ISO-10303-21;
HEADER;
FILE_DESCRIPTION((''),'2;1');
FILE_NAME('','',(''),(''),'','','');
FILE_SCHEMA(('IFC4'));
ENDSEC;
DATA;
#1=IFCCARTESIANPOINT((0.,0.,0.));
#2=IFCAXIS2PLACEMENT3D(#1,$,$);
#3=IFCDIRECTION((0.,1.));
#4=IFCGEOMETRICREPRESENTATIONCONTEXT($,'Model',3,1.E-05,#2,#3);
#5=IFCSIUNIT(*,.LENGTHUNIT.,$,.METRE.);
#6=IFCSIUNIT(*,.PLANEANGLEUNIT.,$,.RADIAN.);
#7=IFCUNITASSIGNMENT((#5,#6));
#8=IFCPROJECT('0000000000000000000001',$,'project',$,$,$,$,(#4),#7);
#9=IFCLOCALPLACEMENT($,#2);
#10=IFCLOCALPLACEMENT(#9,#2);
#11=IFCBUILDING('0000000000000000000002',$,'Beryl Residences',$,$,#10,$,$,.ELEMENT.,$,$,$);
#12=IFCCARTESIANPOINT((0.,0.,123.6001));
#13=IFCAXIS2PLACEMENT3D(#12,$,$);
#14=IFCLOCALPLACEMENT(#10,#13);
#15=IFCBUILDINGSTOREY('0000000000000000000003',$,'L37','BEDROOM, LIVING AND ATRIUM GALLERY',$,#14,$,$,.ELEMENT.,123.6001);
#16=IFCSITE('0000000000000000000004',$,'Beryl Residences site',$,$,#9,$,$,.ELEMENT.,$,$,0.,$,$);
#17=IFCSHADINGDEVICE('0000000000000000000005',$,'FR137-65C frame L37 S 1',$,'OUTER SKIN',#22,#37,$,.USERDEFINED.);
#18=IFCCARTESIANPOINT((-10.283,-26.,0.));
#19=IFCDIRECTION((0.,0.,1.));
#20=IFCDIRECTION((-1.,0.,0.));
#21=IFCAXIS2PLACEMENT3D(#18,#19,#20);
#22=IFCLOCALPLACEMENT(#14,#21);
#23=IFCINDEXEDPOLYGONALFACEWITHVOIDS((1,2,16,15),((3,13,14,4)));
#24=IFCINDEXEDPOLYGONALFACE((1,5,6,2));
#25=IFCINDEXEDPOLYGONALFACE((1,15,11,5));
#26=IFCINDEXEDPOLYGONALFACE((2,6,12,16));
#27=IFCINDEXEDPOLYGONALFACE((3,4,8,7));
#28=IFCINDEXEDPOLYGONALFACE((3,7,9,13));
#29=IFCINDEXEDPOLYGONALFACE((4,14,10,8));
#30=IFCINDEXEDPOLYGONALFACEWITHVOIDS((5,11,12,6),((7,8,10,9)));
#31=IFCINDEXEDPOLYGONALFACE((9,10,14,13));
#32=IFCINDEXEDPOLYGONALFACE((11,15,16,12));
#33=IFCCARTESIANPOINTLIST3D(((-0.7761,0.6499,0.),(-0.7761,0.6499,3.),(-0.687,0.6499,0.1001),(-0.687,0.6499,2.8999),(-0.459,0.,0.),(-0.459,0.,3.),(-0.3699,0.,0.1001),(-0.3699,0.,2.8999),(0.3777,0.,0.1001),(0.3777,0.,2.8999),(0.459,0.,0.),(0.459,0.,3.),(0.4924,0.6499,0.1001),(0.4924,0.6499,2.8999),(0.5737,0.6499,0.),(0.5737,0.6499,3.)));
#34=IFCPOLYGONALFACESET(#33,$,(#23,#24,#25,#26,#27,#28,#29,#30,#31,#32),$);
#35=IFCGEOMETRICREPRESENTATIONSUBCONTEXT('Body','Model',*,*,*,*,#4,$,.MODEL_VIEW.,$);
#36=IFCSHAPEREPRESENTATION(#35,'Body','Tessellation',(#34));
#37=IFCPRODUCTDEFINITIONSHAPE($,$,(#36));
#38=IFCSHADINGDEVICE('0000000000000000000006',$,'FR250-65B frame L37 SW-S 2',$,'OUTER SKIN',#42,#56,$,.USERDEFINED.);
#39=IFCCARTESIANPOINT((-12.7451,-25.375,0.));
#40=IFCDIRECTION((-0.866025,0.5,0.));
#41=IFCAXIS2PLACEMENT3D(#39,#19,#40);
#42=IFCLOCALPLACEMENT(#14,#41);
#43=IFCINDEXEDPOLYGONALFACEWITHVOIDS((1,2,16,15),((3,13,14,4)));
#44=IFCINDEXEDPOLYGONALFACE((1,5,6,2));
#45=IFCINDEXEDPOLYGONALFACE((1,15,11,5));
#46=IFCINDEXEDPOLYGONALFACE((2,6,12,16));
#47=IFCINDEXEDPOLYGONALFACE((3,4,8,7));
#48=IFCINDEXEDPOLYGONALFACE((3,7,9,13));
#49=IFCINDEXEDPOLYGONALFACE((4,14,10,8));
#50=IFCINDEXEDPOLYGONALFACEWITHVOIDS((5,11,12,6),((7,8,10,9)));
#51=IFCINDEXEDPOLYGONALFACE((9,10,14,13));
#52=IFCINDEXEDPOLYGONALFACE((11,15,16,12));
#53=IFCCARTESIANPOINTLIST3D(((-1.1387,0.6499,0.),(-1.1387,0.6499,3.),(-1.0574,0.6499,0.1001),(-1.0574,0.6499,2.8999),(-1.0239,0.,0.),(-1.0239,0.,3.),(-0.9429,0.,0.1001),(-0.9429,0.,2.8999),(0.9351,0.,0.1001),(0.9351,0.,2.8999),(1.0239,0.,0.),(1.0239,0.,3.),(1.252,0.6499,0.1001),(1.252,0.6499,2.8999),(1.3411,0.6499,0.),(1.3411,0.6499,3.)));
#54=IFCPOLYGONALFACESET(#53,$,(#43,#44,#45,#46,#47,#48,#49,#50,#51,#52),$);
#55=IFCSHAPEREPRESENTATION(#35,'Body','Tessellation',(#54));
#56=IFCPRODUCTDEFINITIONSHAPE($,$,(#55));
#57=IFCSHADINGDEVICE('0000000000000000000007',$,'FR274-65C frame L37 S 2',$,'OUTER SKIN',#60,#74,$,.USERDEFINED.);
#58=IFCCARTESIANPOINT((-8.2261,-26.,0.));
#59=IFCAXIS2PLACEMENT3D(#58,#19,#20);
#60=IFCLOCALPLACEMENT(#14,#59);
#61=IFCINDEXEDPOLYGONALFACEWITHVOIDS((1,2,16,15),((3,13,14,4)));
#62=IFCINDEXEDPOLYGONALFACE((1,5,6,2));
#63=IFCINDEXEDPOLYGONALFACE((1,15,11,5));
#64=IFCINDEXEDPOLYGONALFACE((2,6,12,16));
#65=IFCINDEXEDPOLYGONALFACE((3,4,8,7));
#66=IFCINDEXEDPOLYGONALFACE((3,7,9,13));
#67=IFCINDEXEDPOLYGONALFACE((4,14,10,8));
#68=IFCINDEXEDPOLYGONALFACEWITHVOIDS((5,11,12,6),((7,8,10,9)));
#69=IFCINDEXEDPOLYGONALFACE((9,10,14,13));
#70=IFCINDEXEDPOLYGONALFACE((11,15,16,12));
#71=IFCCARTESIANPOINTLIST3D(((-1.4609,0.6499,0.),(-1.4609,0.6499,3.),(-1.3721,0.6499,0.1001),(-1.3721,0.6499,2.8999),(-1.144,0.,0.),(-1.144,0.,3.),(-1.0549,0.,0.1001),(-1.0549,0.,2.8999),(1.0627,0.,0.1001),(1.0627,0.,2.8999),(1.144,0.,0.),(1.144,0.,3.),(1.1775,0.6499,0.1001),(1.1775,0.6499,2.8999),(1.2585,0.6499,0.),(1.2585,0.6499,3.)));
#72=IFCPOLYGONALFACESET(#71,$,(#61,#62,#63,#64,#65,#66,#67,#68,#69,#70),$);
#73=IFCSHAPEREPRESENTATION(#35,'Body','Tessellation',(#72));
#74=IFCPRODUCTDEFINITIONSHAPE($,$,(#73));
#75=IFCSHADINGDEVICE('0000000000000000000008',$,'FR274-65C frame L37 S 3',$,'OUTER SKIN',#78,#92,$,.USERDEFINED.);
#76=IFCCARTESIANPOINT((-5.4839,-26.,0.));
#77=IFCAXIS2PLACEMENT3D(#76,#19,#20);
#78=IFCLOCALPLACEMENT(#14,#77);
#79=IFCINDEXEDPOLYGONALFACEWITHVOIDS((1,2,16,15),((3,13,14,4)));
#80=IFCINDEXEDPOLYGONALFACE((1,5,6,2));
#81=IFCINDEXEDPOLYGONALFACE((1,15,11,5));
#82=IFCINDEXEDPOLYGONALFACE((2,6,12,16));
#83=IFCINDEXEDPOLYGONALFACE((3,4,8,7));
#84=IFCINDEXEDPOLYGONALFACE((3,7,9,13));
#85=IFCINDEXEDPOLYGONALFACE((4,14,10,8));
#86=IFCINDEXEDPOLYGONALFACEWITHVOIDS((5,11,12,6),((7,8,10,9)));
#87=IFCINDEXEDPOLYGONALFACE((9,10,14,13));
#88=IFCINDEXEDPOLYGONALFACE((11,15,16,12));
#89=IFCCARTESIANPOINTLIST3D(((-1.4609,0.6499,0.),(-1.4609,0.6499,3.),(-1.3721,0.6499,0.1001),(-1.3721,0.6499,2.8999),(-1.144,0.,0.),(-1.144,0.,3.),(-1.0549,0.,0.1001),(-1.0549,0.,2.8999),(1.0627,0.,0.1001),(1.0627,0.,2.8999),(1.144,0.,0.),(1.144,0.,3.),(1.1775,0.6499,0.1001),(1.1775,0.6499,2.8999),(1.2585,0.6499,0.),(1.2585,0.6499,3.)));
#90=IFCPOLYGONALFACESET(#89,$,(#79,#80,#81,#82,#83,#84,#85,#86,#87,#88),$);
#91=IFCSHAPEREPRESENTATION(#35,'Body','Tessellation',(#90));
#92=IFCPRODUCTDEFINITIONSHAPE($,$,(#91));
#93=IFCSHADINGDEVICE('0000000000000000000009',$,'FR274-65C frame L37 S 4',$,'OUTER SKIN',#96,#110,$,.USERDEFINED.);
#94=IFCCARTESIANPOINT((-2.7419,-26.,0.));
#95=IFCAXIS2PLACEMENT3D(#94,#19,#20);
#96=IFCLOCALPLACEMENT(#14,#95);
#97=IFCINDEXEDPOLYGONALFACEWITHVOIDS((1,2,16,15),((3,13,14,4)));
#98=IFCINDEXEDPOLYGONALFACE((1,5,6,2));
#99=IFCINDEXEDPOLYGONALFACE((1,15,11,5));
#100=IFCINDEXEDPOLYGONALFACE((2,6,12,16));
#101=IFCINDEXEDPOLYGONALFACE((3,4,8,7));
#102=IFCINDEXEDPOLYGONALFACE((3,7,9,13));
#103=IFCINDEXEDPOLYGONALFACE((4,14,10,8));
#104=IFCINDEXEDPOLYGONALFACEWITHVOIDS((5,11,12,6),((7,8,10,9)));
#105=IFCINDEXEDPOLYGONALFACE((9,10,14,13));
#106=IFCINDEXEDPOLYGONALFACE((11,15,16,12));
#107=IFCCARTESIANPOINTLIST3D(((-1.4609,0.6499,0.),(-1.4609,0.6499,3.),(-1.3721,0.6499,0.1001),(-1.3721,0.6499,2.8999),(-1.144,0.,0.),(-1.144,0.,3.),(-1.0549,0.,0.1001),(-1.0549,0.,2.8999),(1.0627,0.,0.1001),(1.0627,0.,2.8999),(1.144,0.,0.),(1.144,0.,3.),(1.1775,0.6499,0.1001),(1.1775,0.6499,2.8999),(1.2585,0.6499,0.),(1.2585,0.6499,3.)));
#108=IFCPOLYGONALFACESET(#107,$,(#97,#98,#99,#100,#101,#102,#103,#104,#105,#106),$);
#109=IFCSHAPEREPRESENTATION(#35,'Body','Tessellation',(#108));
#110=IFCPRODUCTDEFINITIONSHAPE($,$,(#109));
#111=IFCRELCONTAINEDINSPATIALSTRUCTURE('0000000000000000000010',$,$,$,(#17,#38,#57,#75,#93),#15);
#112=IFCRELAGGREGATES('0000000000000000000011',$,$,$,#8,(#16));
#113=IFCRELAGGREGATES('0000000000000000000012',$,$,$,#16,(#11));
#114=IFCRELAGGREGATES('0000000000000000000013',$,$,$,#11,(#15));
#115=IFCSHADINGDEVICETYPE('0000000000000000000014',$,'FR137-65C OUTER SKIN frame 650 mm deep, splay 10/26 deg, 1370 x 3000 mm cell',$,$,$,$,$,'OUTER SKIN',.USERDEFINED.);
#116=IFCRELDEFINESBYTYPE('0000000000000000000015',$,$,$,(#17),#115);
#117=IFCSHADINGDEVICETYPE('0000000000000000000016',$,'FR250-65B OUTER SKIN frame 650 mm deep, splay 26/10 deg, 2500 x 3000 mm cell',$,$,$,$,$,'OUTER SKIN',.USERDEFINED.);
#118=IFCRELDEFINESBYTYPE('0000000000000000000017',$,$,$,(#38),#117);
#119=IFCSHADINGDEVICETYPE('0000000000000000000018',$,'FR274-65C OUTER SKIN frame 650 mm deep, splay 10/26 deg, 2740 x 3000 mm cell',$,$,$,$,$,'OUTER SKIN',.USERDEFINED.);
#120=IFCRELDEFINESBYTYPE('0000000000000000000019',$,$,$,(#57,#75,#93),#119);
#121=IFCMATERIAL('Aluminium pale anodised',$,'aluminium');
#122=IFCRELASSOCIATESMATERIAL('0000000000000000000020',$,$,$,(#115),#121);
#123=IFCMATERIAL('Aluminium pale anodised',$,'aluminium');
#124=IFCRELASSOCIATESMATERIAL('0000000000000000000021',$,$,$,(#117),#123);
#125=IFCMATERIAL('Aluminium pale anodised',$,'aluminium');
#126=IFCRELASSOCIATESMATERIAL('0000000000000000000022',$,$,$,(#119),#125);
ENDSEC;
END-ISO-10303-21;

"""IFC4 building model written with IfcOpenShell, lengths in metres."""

from ifc_helpers import new_model, entity, si_unit, direction, frame, origin, place, context, subcontext, project, spatial, source, transform, mapped, material, type_object, type_shapes, element, save


model = new_model("IFC4")

# Units and contexts
model_context = context("Model", 3, precision=1e-05, world=origin(), true_north=direction((0.0, 1.0)))
body_context = subcontext(model_context, "Body", "Model", "MODEL_VIEW")
ifc_project = project(units=[si_unit("LENGTHUNIT", "METRE"), si_unit("PLANEANGLEUNIT", "RADIAN")], contexts=[model_context])

# Site, building, storey
site_placement = place(None, origin())
site = spatial("IfcSite", under=ifc_project, at=site_placement, Name="Beryl Residences site", CompositionType="ELEMENT", RefElevation=0.0)
building_placement = place(site_placement, origin())
building = spatial("IfcBuilding", under=site, at=building_placement, Name="Beryl Residences", CompositionType="ELEMENT")
storey_placement = place(building_placement, frame((0.0, 0.0, 123.6001)))
storey = spatial("IfcBuildingStorey", under=building, at=storey_placement, Name="L37", Description="BEDROOM, LIVING AND ATRIUM GALLERY", CompositionType="ELEMENT", Elevation=123.6001)

# Shading devices
ifc_material_1 = material(Name="Aluminium pale anodised", Category="aluminium")
shading_device_type_1 = type_object("IfcShadingDeviceType", Name="FR137-65C OUTER SKIN frame 650 mm deep, splay 10/26 deg, 1370 x 3000 mm cell", ElementType="OUTER SKIN", PredefinedType="USERDEFINED", material=ifc_material_1)
cartesian_point_1 = entity("IfcCartesianPoint", [-0.459, 0.0])
cartesian_point_2 = entity("IfcCartesianPoint", [-0.3777, 0.1001])
cartesian_point_3 = entity("IfcCartesianPoint", [-0.5737, 0.0])
cartesian_point_4 = entity("IfcCartesianPoint", [-0.4924, 0.1001])
shared_shape_1 = source(origin(), body_context, "Body", "SweptSolid", [
    entity("IfcExtrudedAreaSolidTapered", entity("IfcArbitraryProfileDefWithVoids", "AREA", None, entity("IfcPolyline", [cartesian_point_1, entity("IfcCartesianPoint", [0.459, 0.0]), entity("IfcCartesianPoint", [0.459, 3.0]), entity("IfcCartesianPoint", [-0.459, 3.0]), cartesian_point_1]), [entity("IfcPolyline", [cartesian_point_2, entity("IfcCartesianPoint", [0.3699, 0.1001]), entity("IfcCartesianPoint", [0.3699, 2.8999]), entity("IfcCartesianPoint", [-0.3777, 2.8999]), cartesian_point_2])]), entity("IfcAxis2Placement3D", entity("IfcCartesianPoint", [0.0, 0.0, 0.0]), entity("IfcDirection", [0.0, 1.0, 0.0]), entity("IfcDirection", [-1.0, 0.0, 0.0])), entity("IfcDirection", [0.0, 0.0, 1.0]), 0.6499, entity("IfcArbitraryProfileDefWithVoids", "AREA", None, entity("IfcPolyline", [cartesian_point_3, entity("IfcCartesianPoint", [0.7761, 0.0]), entity("IfcCartesianPoint", [0.7761, 3.0]), entity("IfcCartesianPoint", [-0.5737, 3.0]), cartesian_point_3]), [entity("IfcPolyline", [cartesian_point_4, entity("IfcCartesianPoint", [0.687, 0.1001]), entity("IfcCartesianPoint", [0.687, 2.8999]), entity("IfcCartesianPoint", [-0.4924, 2.8999]), cartesian_point_4])])),
])
type_shapes(shading_device_type_1, [shared_shape_1])
shading_device_1_placement = place(storey_placement, frame((-10.283, -26.0, 0.0), z_axis=(0.0, 0.0, 1.0), x_axis=(-1.0, 0.0, 0.0)))
element("IfcShadingDevice", 1, at=shading_device_1_placement, inside=storey, type_object=shading_device_type_1, Name="FR137-65C frame L37 S 1", ObjectType="OUTER SKIN", PredefinedType="USERDEFINED", context=body_context, shape_type="MappedRepresentation", body=[
    mapped(shared_shape_1, transform((0.0, 0.0, 0.0))),
])
ifc_material_2 = material(Name="Aluminium pale anodised", Category="aluminium")
shading_device_type_2 = type_object("IfcShadingDeviceType", Name="FR250-65B OUTER SKIN frame 650 mm deep, splay 26/10 deg, 2500 x 3000 mm cell", ElementType="OUTER SKIN", PredefinedType="USERDEFINED", material=ifc_material_2)
cartesian_point_5 = entity("IfcCartesianPoint", [-1.0239, 0.0])
cartesian_point_6 = entity("IfcCartesianPoint", [-0.9351, 0.1001])
cartesian_point_7 = entity("IfcCartesianPoint", [-1.3411, 0.0])
cartesian_point_8 = entity("IfcCartesianPoint", [-1.252, 0.1001])
shared_shape_2 = source(origin(), body_context, "Body", "SweptSolid", [
    entity("IfcExtrudedAreaSolidTapered", entity("IfcArbitraryProfileDefWithVoids", "AREA", None, entity("IfcPolyline", [cartesian_point_5, entity("IfcCartesianPoint", [1.0239, 0.0]), entity("IfcCartesianPoint", [1.0239, 3.0]), entity("IfcCartesianPoint", [-1.0239, 3.0]), cartesian_point_5]), [entity("IfcPolyline", [cartesian_point_6, entity("IfcCartesianPoint", [0.9429, 0.1001]), entity("IfcCartesianPoint", [0.9429, 2.8999]), entity("IfcCartesianPoint", [-0.9351, 2.8999]), cartesian_point_6])]), entity("IfcAxis2Placement3D", entity("IfcCartesianPoint", [0.0, 0.0, 0.0]), entity("IfcDirection", [0.0, 1.0, 0.0]), entity("IfcDirection", [-1.0, 0.0, 0.0])), entity("IfcDirection", [0.0, 0.0, 1.0]), 0.6499, entity("IfcArbitraryProfileDefWithVoids", "AREA", None, entity("IfcPolyline", [cartesian_point_7, entity("IfcCartesianPoint", [1.1387, 0.0]), entity("IfcCartesianPoint", [1.1387, 3.0]), entity("IfcCartesianPoint", [-1.3411, 3.0]), cartesian_point_7]), [entity("IfcPolyline", [cartesian_point_8, entity("IfcCartesianPoint", [1.0574, 0.1001]), entity("IfcCartesianPoint", [1.0574, 2.8999]), entity("IfcCartesianPoint", [-1.252, 2.8999]), cartesian_point_8])])),
])
type_shapes(shading_device_type_2, [shared_shape_2])
shading_device_2_placement = place(storey_placement, frame((-12.7451, -25.375, 0.0), z_axis=(0.0, 0.0, 1.0), x_axis=(-0.866025, 0.5, 0.0)))
element("IfcShadingDevice", 2, at=shading_device_2_placement, inside=storey, type_object=shading_device_type_2, Name="FR250-65B frame L37 SW-S 2", ObjectType="OUTER SKIN", PredefinedType="USERDEFINED", context=body_context, shape_type="MappedRepresentation", body=[
    mapped(shared_shape_2, transform((0.0, 0.0, 0.0))),
])
ifc_material_3 = material(Name="Aluminium pale anodised", Category="aluminium")
shading_device_type_3 = type_object("IfcShadingDeviceType", Name="FR274-65C OUTER SKIN frame 650 mm deep, splay 10/26 deg, 2740 x 3000 mm cell", ElementType="OUTER SKIN", PredefinedType="USERDEFINED", material=ifc_material_3)
cartesian_point_9 = entity("IfcCartesianPoint", [-1.144, 0.0])
cartesian_point_10 = entity("IfcCartesianPoint", [-1.0627, 0.1001])
cartesian_point_11 = entity("IfcCartesianPoint", [-1.2585, 0.0])
cartesian_point_12 = entity("IfcCartesianPoint", [-1.1775, 0.1001])
shared_shape_3 = source(origin(), body_context, "Body", "SweptSolid", [
    entity("IfcExtrudedAreaSolidTapered", entity("IfcArbitraryProfileDefWithVoids", "AREA", None, entity("IfcPolyline", [cartesian_point_9, entity("IfcCartesianPoint", [1.144, 0.0]), entity("IfcCartesianPoint", [1.144, 3.0]), entity("IfcCartesianPoint", [-1.144, 3.0]), cartesian_point_9]), [entity("IfcPolyline", [cartesian_point_10, entity("IfcCartesianPoint", [1.0549, 0.1001]), entity("IfcCartesianPoint", [1.0549, 2.8999]), entity("IfcCartesianPoint", [-1.0627, 2.8999]), cartesian_point_10])]), entity("IfcAxis2Placement3D", entity("IfcCartesianPoint", [0.0, 0.0, 0.0]), entity("IfcDirection", [0.0, 1.0, 0.0]), entity("IfcDirection", [-1.0, 0.0, 0.0])), entity("IfcDirection", [0.0, 0.0, 1.0]), 0.6499, entity("IfcArbitraryProfileDefWithVoids", "AREA", None, entity("IfcPolyline", [cartesian_point_11, entity("IfcCartesianPoint", [1.4609, 0.0]), entity("IfcCartesianPoint", [1.4609, 3.0]), entity("IfcCartesianPoint", [-1.2585, 3.0]), cartesian_point_11]), [entity("IfcPolyline", [cartesian_point_12, entity("IfcCartesianPoint", [1.3721, 0.1001]), entity("IfcCartesianPoint", [1.3721, 2.8999]), entity("IfcCartesianPoint", [-1.1775, 2.8999]), cartesian_point_12])])),
])
type_shapes(shading_device_type_3, [shared_shape_3])
for number, where, z_axis, x_axis, name in (
    (3, (-8.2261, -26.0, 0.0), (0.0, 0.0, 1.0), (-1.0, 0.0, 0.0), "FR274-65C frame L37 S 2"),
    (4, (-5.4839, -26.0, 0.0), (0.0, 0.0, 1.0), (-1.0, 0.0, 0.0), "FR274-65C frame L37 S 3"),
    (5, (-2.7419, -26.0, 0.0), (0.0, 0.0, 1.0), (-1.0, 0.0, 0.0), "FR274-65C frame L37 S 4"),
):
    element("IfcShadingDevice", number, at=place(storey_placement, frame(where, z_axis=z_axis, x_axis=x_axis)), inside=storey, type_object=shading_device_type_3, Name=name, ObjectType="OUTER SKIN", PredefinedType="USERDEFINED", context=body_context, shape_type="MappedRepresentation", body=[
        mapped(shared_shape_3, transform((0.0, 0.0, 0.0))),
    ])

save(model, "model.ifc")
